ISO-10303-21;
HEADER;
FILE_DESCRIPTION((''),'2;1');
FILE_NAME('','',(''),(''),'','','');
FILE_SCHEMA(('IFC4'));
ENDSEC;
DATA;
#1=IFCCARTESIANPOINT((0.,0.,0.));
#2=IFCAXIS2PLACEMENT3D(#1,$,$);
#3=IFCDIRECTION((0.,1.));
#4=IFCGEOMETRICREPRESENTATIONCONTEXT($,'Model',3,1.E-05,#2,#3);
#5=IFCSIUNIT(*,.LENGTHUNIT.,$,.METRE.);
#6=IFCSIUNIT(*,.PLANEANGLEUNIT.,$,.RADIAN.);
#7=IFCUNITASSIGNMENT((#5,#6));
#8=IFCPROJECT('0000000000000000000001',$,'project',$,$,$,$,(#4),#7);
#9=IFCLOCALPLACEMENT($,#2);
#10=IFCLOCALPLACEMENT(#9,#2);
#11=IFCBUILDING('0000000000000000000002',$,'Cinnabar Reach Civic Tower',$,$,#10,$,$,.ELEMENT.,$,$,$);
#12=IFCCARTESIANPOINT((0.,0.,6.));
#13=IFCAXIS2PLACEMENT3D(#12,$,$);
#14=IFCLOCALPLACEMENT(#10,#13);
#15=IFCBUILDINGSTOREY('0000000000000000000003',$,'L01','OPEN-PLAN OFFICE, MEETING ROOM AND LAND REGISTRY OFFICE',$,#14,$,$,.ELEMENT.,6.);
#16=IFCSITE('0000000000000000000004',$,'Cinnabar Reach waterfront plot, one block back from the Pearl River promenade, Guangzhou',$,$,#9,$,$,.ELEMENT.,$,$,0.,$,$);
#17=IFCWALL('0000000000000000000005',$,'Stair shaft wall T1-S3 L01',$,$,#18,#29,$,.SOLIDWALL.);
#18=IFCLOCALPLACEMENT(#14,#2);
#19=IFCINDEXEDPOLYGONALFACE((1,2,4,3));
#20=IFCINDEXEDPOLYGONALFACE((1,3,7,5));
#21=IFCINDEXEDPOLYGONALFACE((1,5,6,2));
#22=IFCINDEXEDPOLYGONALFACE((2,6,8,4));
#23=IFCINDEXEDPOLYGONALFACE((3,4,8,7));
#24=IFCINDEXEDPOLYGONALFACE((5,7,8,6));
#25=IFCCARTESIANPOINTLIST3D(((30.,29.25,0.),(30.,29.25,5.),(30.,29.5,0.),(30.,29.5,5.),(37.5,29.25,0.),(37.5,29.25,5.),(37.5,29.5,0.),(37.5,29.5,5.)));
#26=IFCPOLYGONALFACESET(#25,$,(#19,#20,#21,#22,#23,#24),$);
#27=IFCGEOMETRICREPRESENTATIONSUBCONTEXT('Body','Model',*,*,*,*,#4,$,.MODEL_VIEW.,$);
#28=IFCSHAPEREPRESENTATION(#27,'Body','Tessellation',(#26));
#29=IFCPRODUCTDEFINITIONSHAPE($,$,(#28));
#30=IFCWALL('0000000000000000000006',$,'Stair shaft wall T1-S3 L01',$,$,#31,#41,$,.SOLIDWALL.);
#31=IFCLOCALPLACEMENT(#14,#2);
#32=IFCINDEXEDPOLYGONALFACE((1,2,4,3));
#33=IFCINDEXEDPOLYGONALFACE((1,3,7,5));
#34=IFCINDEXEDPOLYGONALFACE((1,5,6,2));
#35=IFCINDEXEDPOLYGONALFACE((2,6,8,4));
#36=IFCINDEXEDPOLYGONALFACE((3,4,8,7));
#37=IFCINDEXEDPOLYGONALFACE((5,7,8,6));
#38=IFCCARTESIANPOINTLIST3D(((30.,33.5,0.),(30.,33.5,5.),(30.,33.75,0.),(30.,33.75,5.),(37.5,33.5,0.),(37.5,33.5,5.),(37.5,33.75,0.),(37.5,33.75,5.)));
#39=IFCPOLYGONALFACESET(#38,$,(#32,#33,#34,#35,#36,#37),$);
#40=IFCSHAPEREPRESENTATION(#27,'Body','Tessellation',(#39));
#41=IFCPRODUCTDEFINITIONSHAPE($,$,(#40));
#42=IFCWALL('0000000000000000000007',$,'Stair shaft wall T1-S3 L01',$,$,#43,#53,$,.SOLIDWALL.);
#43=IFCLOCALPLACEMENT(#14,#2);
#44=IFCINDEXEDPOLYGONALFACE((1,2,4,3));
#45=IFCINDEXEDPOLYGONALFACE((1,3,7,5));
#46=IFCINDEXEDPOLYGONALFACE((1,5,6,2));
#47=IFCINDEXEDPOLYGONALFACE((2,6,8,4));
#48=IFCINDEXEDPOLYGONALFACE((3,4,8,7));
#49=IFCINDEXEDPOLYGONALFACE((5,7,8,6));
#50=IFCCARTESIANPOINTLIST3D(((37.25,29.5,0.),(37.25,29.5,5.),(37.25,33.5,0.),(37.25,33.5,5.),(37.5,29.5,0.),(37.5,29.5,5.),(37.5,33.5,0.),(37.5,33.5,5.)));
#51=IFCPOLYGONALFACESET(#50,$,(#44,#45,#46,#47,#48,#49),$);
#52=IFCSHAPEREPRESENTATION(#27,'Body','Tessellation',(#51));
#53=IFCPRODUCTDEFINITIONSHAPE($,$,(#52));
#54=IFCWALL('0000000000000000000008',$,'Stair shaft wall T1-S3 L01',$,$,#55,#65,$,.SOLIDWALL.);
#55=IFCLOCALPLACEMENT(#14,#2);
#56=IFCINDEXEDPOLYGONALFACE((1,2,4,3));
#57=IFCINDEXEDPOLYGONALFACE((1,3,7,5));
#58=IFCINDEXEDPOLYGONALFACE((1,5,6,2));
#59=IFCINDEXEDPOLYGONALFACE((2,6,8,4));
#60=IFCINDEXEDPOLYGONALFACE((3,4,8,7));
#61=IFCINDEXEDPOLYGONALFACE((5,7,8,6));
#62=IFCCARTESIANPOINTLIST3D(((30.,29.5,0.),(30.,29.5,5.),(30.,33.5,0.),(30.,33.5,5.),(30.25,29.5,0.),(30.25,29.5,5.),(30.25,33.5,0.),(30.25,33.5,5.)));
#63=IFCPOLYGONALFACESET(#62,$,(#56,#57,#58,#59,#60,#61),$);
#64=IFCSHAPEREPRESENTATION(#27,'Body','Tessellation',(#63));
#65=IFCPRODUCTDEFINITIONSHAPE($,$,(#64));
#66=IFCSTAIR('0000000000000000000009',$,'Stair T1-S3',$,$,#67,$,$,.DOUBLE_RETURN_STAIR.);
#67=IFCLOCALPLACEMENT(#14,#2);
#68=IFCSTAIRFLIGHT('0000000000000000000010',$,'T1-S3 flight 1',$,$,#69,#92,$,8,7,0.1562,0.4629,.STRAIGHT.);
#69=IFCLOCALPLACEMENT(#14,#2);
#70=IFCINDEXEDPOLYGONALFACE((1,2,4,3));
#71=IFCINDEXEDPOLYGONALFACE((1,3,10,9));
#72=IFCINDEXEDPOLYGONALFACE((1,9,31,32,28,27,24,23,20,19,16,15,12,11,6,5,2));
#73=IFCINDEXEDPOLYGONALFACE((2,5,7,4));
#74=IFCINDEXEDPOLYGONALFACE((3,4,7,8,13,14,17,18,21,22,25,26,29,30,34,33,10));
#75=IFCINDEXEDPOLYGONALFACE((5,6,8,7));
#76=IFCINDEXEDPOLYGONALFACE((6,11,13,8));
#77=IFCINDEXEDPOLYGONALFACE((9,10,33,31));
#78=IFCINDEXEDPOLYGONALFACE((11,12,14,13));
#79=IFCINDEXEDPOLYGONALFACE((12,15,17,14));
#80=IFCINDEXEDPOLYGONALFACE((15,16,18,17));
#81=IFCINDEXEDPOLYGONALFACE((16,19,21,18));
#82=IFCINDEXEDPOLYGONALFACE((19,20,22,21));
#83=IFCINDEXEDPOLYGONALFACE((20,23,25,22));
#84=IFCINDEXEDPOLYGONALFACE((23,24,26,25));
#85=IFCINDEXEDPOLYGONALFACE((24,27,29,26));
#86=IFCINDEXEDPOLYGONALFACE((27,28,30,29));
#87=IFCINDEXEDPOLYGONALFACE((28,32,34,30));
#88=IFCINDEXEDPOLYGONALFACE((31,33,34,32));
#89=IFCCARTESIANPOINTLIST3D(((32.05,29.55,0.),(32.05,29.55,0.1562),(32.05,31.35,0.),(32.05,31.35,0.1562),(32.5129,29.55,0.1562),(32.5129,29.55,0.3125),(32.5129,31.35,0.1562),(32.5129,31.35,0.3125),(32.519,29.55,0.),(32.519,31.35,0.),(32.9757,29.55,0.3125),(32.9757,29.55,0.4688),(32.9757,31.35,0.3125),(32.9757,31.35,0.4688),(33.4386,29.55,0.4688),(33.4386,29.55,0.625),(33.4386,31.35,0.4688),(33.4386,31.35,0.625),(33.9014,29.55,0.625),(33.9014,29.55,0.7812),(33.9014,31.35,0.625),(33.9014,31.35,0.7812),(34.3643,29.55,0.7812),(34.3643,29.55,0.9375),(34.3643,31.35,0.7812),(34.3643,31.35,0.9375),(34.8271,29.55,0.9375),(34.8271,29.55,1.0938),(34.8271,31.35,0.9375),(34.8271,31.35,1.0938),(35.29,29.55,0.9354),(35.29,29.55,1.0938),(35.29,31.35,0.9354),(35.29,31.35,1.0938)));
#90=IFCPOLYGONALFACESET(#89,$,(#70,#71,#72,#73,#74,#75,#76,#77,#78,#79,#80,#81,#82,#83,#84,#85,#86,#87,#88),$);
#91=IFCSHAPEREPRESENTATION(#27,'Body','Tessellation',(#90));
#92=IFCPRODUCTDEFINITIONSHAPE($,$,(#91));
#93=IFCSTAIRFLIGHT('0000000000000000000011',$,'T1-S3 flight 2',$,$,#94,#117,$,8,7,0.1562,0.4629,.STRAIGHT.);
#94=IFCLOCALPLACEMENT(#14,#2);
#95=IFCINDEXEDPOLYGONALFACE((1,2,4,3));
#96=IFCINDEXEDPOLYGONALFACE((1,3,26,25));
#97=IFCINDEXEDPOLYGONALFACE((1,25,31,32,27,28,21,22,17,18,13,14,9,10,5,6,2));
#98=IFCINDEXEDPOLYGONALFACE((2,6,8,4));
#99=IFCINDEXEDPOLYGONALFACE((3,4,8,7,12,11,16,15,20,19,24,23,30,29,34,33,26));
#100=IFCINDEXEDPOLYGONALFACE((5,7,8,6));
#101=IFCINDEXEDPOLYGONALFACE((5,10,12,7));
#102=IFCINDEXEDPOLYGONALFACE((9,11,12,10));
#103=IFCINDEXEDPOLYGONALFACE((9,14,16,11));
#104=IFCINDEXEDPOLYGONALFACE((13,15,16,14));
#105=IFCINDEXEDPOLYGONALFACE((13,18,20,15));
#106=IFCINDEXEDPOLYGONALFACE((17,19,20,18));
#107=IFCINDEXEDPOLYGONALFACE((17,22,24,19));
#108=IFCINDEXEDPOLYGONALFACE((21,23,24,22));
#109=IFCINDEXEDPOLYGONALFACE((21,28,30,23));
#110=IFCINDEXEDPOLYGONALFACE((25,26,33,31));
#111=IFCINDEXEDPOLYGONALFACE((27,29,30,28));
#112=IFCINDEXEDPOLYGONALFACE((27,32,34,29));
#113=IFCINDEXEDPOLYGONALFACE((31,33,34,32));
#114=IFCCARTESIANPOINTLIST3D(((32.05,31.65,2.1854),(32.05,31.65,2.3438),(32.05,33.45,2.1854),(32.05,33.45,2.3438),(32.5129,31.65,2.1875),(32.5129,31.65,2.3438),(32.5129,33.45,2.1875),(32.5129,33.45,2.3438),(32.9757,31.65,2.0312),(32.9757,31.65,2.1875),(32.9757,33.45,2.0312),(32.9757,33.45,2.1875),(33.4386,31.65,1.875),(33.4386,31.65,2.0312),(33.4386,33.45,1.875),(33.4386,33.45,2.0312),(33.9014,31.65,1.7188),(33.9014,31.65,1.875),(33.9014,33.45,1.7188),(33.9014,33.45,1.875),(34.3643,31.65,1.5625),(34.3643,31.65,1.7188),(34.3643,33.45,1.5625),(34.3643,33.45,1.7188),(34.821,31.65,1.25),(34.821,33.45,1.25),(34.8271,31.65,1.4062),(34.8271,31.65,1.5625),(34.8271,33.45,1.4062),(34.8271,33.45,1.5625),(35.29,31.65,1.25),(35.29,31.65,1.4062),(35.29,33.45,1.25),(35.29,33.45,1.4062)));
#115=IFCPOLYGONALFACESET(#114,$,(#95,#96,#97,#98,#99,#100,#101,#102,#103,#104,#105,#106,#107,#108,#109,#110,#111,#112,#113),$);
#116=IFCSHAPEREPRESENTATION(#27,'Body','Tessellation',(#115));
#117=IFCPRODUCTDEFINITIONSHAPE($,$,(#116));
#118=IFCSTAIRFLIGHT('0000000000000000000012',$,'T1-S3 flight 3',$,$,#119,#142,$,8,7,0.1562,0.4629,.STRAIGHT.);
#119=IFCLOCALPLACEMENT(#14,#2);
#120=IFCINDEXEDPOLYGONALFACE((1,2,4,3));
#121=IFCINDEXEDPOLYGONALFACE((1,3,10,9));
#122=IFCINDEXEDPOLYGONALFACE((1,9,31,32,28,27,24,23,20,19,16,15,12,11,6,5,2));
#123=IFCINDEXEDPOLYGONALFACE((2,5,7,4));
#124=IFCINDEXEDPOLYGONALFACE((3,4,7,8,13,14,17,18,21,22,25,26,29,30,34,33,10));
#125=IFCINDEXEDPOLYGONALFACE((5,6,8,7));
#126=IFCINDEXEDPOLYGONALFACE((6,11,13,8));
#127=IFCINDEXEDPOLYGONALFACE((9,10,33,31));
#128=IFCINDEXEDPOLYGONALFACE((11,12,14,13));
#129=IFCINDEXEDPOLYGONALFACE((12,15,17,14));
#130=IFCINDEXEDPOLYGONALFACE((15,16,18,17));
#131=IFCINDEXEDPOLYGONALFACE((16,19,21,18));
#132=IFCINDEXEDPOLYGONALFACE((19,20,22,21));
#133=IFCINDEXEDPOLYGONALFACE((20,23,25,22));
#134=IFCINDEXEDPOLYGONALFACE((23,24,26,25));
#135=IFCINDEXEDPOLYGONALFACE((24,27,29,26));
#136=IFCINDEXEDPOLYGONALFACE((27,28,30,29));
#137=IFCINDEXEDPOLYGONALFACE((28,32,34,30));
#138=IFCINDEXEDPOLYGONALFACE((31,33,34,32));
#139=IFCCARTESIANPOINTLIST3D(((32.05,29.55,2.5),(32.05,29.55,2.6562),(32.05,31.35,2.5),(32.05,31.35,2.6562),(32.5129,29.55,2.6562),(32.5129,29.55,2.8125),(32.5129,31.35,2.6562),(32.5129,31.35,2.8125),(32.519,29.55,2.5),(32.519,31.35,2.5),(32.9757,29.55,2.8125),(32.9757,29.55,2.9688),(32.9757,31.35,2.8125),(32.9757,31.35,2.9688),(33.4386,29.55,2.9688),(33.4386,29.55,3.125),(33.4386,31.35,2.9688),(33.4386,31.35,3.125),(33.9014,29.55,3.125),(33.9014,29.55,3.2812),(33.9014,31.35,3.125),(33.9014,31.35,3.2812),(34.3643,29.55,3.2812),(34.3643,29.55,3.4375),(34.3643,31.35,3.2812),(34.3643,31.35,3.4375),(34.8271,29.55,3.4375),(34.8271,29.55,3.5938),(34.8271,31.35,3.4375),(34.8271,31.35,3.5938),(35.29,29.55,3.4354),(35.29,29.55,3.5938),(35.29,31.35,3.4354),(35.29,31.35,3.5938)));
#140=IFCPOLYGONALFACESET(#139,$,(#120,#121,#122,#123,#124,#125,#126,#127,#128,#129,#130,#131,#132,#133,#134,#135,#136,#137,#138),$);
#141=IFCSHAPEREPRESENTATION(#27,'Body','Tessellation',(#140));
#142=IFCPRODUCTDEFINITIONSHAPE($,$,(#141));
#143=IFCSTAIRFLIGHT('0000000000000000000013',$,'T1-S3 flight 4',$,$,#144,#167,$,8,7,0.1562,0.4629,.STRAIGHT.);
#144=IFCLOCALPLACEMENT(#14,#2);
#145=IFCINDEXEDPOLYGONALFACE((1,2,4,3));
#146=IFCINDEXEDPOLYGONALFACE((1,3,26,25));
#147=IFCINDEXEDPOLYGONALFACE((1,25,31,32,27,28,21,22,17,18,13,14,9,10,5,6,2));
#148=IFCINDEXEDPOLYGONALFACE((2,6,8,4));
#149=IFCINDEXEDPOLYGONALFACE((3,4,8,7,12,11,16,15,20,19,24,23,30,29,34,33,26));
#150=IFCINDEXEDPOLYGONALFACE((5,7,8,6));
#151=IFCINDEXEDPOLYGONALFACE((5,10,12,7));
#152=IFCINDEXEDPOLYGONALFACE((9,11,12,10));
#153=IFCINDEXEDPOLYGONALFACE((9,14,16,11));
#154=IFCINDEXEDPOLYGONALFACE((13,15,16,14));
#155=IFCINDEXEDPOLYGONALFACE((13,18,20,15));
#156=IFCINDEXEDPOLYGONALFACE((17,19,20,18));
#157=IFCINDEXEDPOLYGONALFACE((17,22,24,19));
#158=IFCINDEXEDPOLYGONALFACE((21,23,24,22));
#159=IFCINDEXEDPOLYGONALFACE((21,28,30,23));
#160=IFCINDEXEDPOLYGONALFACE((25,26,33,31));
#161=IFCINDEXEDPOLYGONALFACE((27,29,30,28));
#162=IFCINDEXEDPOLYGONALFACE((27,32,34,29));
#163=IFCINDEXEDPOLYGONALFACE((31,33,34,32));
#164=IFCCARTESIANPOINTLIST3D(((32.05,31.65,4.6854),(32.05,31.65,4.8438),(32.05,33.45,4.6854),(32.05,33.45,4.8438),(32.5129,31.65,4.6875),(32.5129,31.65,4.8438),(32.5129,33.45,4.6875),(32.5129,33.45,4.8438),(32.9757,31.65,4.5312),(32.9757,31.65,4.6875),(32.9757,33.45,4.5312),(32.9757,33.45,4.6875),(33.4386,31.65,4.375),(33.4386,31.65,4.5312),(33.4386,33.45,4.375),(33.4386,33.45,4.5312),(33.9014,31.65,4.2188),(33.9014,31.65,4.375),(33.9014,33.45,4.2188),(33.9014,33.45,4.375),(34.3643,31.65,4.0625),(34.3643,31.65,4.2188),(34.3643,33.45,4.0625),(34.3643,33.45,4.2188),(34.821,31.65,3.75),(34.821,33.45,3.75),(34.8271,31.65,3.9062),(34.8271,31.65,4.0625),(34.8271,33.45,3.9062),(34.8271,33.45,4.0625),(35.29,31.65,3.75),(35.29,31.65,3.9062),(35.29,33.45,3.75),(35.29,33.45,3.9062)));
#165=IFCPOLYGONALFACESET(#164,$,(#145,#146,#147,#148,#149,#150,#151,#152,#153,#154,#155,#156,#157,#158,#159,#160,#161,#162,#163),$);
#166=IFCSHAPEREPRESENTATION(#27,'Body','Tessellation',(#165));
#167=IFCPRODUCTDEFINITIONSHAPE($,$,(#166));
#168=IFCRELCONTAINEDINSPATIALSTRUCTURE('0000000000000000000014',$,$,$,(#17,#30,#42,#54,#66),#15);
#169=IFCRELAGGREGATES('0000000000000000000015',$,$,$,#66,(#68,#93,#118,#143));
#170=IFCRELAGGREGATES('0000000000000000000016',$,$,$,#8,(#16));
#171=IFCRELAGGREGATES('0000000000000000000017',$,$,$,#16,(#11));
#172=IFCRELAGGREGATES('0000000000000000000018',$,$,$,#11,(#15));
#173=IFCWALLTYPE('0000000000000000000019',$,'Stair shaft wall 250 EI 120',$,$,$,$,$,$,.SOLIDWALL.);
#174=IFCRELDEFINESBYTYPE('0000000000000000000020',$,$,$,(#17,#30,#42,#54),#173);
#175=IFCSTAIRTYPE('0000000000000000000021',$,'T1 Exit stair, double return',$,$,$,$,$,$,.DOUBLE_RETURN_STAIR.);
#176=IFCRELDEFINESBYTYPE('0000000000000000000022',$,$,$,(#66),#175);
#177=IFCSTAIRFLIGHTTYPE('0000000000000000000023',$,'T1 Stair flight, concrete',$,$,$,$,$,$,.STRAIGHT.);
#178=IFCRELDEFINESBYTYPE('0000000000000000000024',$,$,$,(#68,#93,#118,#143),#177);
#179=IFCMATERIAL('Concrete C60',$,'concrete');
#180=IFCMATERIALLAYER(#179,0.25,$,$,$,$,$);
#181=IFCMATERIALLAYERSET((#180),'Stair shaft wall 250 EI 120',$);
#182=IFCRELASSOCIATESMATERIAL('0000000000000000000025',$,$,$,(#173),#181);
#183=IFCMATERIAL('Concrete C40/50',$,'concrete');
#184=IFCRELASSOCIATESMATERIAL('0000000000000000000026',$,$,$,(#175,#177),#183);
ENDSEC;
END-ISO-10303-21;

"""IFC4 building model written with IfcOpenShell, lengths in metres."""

from ifc_helpers import new_model, si_unit, direction, frame, frame_2d, origin, place, context, subcontext, project, spatial, polyline, rectangle, outline, extrude, material, layer, layer_set, type_object, element, aggregate, save


model = new_model("IFC4")

# Units and contexts
model_context = context("Model", 3, precision=1e-05, world=origin(), true_north=direction((0.0, 1.0)))
body_context = subcontext(model_context, "Body", "Model", "MODEL_VIEW")
ifc_project = project(units=[si_unit("LENGTHUNIT", "METRE"), si_unit("PLANEANGLEUNIT", "RADIAN")], contexts=[model_context])

# Site, building, storey
site_placement = place(None, origin())
site = spatial("IfcSite", under=ifc_project, at=site_placement, Name="Cinnabar Reach waterfront plot, one block back from the Pearl River promenade, Guangzhou", CompositionType="ELEMENT", RefElevation=0.0)
building_placement = place(site_placement, origin())
building = spatial("IfcBuilding", under=site, at=building_placement, Name="Cinnabar Reach Civic Tower", CompositionType="ELEMENT")
storey_placement = place(building_placement, frame((0.0, 0.0, 6.0)))
storey = spatial("IfcBuildingStorey", under=building, at=storey_placement, Name="L01", Description="OPEN-PLAN OFFICE, MEETING ROOM AND LAND REGISTRY OFFICE", CompositionType="ELEMENT", Elevation=6.0)

# Walls
ifc_material_1 = material(Name="Concrete C60", Category="concrete")
ifc_layer_1 = layer(ifc_material_1, 0.25)
ifc_layer_set_1 = layer_set([ifc_layer_1], Name="Stair shaft wall 250 EI 120")
wall_type_1 = type_object("IfcWallType", Name="Stair shaft wall 250 EI 120", PredefinedType="SOLIDWALL", material=ifc_layer_set_1)
for number, where, z_axis, x_axis, name in (
    (1, (30.0, 29.375, 0.0), (0.0, 0.0, 1.0), (1.0, 0.0, 0.0), "Stair shaft wall T1-S3 L01"),
    (2, (37.5, 33.625, 0.0), (0.0, 0.0, 1.0), (-1.0, 0.0, 0.0), "Stair shaft wall T1-S3 L01"),
):
    element("IfcWall", number, at=place(storey_placement, frame(where, z_axis=z_axis, x_axis=x_axis)), inside=storey, type_object=wall_type_1, Name=name, PredefinedType="SOLIDWALL", context=body_context, shape_type="SweptSolid", body=[
        extrude(rectangle(XDim=7.5, YDim=0.25, at=frame_2d((3.75, 0.0))), origin(), (0.0, 0.0, 1.0), 5.0),
    ])
for number, where, z_axis, x_axis, name in (
    (3, (37.375, 29.5, 0.0), (0.0, 0.0, 1.0), (0.0, 1.0, 0.0), "Stair shaft wall T1-S3 L01"),
    (4, (30.125, 33.5, 0.0), (0.0, 0.0, 1.0), (0.0, -1.0, 0.0), "Stair shaft wall T1-S3 L01"),
):
    element("IfcWall", number, at=place(storey_placement, frame(where, z_axis=z_axis, x_axis=x_axis)), inside=storey, type_object=wall_type_1, Name=name, PredefinedType="SOLIDWALL", context=body_context, shape_type="SweptSolid", body=[
        extrude(rectangle(XDim=4.0, YDim=0.25, at=frame_2d((2.0, 0.0))), origin(), (0.0, 0.0, 1.0), 5.0),
    ])

# Stair, stair flights
ifc_material_2 = material(Name="Concrete C40/50", Category="concrete")
stair_type = type_object("IfcStairType", Name="T1 Exit stair, double return", PredefinedType="DOUBLE_RETURN_STAIR", material=ifc_material_2)
stair_placement = place(storey_placement, origin())
stair = element("IfcStair", 5, at=stair_placement, inside=storey, type_object=stair_type, Name="Stair T1-S3", PredefinedType="DOUBLE_RETURN_STAIR")
stair_flight_type = type_object("IfcStairFlightType", Name="T1 Stair flight, concrete", PredefinedType="STRAIGHT", material=ifc_material_2)
stair_flight_1_placement = place(storey_placement, frame((32.05, 30.45, 0.0), z_axis=(0.0, 0.0, 1.0), x_axis=(1.0, 0.0, 0.0)))
stair_flight_1 = element("IfcStairFlight", 6, at=stair_flight_1_placement, type_object=stair_flight_type, Name="T1-S3 flight 1", NumberOfRisers=8, NumberOfTreads=7, PredefinedType="STRAIGHT", RiserHeight=0.1562, TreadLength=0.4629, context=body_context, shape_type="SweptSolid", body=[
    extrude(outline(polyline([(0.0, 0.0), (0.0, 0.1562), (0.4629, 0.1562), (0.4629, 0.3125), (0.9257, 0.3125), (0.9257, 0.4688), (1.3886, 0.4688), (1.3886, 0.625), (1.8514, 0.625), (1.8514, 0.7812), (2.3143, 0.7812), (2.3143, 0.9375), (2.7771, 0.9375), (2.7771, 1.0938), (3.24, 1.0938), (3.24, 1.25), (3.24, 0.9354), (0.469, 0.0), (0.0, 0.0)])), frame((0.0, 0.9, 0.0), z_axis=(0.0, -1.0, 0.0), x_axis=(1.0, 0.0, 0.0)), (0.0, 0.0, 1.0), 1.8),
])
stair_flight_2_placement = place(storey_placement, frame((35.29, 32.55, 1.25), z_axis=(0.0, 0.0, 1.0), x_axis=(-1.0, 0.0, 0.0)))
stair_flight_2 = element("IfcStairFlight", 7, at=stair_flight_2_placement, type_object=stair_flight_type, Name="T1-S3 flight 2", NumberOfRisers=8, NumberOfTreads=7, PredefinedType="STRAIGHT", RiserHeight=0.1562, TreadLength=0.4629, context=body_context, shape_type="SweptSolid", body=[
    extrude(outline(polyline([(0.0, 0.0), (0.0, 0.1562), (0.4629, 0.1562), (0.4629, 0.3125), (0.9257, 0.3125), (0.9257, 0.4688), (1.3886, 0.4688), (1.3886, 0.625), (1.8514, 0.625), (1.8514, 0.7812), (2.3143, 0.7812), (2.3143, 0.9375), (2.7771, 0.9375), (2.7771, 1.0938), (3.24, 1.0938), (3.24, 1.25), (3.24, 0.9354), (0.469, 0.0), (0.0, 0.0)])), frame((0.0, 0.9, 0.0), z_axis=(0.0, -1.0, 0.0), x_axis=(1.0, 0.0, 0.0)), (0.0, 0.0, 1.0), 1.8),
])
stair_flight_3_placement = place(storey_placement, frame((32.05, 30.45, 2.5), z_axis=(0.0, 0.0, 1.0), x_axis=(1.0, 0.0, 0.0)))
stair_flight_3 = element("IfcStairFlight", 8, at=stair_flight_3_placement, type_object=stair_flight_type, Name="T1-S3 flight 3", NumberOfRisers=8, NumberOfTreads=7, PredefinedType="STRAIGHT", RiserHeight=0.1562, TreadLength=0.4629, context=body_context, shape_type="SweptSolid", body=[
    extrude(outline(polyline([(0.0, 0.0), (0.0, 0.1562), (0.4629, 0.1562), (0.4629, 0.3125), (0.9257, 0.3125), (0.9257, 0.4688), (1.3886, 0.4688), (1.3886, 0.625), (1.8514, 0.625), (1.8514, 0.7812), (2.3143, 0.7812), (2.3143, 0.9375), (2.7771, 0.9375), (2.7771, 1.0938), (3.24, 1.0938), (3.24, 1.25), (3.24, 0.9354), (0.469, 0.0), (0.0, 0.0)])), frame((0.0, 0.9, 0.0), z_axis=(0.0, -1.0, 0.0), x_axis=(1.0, 0.0, 0.0)), (0.0, 0.0, 1.0), 1.8),
])
stair_flight_4_placement = place(storey_placement, frame((35.29, 32.55, 3.75), z_axis=(0.0, 0.0, 1.0), x_axis=(-1.0, 0.0, 0.0)))
stair_flight_4 = element("IfcStairFlight", 9, at=stair_flight_4_placement, type_object=stair_flight_type, Name="T1-S3 flight 4", NumberOfRisers=8, NumberOfTreads=7, PredefinedType="STRAIGHT", RiserHeight=0.1562, TreadLength=0.4629, context=body_context, shape_type="SweptSolid", body=[
    extrude(outline(polyline([(0.0, 0.0), (0.0, 0.1562), (0.4629, 0.1562), (0.4629, 0.3125), (0.9257, 0.3125), (0.9257, 0.4688), (1.3886, 0.4688), (1.3886, 0.625), (1.8514, 0.625), (1.8514, 0.7812), (2.3143, 0.7812), (2.3143, 0.9375), (2.7771, 0.9375), (2.7771, 1.0938), (3.24, 1.0938), (3.24, 1.25), (3.24, 0.9354), (0.469, 0.0), (0.0, 0.0)])), frame((0.0, 0.9, 0.0), z_axis=(0.0, -1.0, 0.0), x_axis=(1.0, 0.0, 0.0)), (0.0, 0.0, 1.0), 1.8),
])
aggregate(stair, [stair_flight_1, stair_flight_2, stair_flight_3, stair_flight_4])

save(model, "model.ifc")
